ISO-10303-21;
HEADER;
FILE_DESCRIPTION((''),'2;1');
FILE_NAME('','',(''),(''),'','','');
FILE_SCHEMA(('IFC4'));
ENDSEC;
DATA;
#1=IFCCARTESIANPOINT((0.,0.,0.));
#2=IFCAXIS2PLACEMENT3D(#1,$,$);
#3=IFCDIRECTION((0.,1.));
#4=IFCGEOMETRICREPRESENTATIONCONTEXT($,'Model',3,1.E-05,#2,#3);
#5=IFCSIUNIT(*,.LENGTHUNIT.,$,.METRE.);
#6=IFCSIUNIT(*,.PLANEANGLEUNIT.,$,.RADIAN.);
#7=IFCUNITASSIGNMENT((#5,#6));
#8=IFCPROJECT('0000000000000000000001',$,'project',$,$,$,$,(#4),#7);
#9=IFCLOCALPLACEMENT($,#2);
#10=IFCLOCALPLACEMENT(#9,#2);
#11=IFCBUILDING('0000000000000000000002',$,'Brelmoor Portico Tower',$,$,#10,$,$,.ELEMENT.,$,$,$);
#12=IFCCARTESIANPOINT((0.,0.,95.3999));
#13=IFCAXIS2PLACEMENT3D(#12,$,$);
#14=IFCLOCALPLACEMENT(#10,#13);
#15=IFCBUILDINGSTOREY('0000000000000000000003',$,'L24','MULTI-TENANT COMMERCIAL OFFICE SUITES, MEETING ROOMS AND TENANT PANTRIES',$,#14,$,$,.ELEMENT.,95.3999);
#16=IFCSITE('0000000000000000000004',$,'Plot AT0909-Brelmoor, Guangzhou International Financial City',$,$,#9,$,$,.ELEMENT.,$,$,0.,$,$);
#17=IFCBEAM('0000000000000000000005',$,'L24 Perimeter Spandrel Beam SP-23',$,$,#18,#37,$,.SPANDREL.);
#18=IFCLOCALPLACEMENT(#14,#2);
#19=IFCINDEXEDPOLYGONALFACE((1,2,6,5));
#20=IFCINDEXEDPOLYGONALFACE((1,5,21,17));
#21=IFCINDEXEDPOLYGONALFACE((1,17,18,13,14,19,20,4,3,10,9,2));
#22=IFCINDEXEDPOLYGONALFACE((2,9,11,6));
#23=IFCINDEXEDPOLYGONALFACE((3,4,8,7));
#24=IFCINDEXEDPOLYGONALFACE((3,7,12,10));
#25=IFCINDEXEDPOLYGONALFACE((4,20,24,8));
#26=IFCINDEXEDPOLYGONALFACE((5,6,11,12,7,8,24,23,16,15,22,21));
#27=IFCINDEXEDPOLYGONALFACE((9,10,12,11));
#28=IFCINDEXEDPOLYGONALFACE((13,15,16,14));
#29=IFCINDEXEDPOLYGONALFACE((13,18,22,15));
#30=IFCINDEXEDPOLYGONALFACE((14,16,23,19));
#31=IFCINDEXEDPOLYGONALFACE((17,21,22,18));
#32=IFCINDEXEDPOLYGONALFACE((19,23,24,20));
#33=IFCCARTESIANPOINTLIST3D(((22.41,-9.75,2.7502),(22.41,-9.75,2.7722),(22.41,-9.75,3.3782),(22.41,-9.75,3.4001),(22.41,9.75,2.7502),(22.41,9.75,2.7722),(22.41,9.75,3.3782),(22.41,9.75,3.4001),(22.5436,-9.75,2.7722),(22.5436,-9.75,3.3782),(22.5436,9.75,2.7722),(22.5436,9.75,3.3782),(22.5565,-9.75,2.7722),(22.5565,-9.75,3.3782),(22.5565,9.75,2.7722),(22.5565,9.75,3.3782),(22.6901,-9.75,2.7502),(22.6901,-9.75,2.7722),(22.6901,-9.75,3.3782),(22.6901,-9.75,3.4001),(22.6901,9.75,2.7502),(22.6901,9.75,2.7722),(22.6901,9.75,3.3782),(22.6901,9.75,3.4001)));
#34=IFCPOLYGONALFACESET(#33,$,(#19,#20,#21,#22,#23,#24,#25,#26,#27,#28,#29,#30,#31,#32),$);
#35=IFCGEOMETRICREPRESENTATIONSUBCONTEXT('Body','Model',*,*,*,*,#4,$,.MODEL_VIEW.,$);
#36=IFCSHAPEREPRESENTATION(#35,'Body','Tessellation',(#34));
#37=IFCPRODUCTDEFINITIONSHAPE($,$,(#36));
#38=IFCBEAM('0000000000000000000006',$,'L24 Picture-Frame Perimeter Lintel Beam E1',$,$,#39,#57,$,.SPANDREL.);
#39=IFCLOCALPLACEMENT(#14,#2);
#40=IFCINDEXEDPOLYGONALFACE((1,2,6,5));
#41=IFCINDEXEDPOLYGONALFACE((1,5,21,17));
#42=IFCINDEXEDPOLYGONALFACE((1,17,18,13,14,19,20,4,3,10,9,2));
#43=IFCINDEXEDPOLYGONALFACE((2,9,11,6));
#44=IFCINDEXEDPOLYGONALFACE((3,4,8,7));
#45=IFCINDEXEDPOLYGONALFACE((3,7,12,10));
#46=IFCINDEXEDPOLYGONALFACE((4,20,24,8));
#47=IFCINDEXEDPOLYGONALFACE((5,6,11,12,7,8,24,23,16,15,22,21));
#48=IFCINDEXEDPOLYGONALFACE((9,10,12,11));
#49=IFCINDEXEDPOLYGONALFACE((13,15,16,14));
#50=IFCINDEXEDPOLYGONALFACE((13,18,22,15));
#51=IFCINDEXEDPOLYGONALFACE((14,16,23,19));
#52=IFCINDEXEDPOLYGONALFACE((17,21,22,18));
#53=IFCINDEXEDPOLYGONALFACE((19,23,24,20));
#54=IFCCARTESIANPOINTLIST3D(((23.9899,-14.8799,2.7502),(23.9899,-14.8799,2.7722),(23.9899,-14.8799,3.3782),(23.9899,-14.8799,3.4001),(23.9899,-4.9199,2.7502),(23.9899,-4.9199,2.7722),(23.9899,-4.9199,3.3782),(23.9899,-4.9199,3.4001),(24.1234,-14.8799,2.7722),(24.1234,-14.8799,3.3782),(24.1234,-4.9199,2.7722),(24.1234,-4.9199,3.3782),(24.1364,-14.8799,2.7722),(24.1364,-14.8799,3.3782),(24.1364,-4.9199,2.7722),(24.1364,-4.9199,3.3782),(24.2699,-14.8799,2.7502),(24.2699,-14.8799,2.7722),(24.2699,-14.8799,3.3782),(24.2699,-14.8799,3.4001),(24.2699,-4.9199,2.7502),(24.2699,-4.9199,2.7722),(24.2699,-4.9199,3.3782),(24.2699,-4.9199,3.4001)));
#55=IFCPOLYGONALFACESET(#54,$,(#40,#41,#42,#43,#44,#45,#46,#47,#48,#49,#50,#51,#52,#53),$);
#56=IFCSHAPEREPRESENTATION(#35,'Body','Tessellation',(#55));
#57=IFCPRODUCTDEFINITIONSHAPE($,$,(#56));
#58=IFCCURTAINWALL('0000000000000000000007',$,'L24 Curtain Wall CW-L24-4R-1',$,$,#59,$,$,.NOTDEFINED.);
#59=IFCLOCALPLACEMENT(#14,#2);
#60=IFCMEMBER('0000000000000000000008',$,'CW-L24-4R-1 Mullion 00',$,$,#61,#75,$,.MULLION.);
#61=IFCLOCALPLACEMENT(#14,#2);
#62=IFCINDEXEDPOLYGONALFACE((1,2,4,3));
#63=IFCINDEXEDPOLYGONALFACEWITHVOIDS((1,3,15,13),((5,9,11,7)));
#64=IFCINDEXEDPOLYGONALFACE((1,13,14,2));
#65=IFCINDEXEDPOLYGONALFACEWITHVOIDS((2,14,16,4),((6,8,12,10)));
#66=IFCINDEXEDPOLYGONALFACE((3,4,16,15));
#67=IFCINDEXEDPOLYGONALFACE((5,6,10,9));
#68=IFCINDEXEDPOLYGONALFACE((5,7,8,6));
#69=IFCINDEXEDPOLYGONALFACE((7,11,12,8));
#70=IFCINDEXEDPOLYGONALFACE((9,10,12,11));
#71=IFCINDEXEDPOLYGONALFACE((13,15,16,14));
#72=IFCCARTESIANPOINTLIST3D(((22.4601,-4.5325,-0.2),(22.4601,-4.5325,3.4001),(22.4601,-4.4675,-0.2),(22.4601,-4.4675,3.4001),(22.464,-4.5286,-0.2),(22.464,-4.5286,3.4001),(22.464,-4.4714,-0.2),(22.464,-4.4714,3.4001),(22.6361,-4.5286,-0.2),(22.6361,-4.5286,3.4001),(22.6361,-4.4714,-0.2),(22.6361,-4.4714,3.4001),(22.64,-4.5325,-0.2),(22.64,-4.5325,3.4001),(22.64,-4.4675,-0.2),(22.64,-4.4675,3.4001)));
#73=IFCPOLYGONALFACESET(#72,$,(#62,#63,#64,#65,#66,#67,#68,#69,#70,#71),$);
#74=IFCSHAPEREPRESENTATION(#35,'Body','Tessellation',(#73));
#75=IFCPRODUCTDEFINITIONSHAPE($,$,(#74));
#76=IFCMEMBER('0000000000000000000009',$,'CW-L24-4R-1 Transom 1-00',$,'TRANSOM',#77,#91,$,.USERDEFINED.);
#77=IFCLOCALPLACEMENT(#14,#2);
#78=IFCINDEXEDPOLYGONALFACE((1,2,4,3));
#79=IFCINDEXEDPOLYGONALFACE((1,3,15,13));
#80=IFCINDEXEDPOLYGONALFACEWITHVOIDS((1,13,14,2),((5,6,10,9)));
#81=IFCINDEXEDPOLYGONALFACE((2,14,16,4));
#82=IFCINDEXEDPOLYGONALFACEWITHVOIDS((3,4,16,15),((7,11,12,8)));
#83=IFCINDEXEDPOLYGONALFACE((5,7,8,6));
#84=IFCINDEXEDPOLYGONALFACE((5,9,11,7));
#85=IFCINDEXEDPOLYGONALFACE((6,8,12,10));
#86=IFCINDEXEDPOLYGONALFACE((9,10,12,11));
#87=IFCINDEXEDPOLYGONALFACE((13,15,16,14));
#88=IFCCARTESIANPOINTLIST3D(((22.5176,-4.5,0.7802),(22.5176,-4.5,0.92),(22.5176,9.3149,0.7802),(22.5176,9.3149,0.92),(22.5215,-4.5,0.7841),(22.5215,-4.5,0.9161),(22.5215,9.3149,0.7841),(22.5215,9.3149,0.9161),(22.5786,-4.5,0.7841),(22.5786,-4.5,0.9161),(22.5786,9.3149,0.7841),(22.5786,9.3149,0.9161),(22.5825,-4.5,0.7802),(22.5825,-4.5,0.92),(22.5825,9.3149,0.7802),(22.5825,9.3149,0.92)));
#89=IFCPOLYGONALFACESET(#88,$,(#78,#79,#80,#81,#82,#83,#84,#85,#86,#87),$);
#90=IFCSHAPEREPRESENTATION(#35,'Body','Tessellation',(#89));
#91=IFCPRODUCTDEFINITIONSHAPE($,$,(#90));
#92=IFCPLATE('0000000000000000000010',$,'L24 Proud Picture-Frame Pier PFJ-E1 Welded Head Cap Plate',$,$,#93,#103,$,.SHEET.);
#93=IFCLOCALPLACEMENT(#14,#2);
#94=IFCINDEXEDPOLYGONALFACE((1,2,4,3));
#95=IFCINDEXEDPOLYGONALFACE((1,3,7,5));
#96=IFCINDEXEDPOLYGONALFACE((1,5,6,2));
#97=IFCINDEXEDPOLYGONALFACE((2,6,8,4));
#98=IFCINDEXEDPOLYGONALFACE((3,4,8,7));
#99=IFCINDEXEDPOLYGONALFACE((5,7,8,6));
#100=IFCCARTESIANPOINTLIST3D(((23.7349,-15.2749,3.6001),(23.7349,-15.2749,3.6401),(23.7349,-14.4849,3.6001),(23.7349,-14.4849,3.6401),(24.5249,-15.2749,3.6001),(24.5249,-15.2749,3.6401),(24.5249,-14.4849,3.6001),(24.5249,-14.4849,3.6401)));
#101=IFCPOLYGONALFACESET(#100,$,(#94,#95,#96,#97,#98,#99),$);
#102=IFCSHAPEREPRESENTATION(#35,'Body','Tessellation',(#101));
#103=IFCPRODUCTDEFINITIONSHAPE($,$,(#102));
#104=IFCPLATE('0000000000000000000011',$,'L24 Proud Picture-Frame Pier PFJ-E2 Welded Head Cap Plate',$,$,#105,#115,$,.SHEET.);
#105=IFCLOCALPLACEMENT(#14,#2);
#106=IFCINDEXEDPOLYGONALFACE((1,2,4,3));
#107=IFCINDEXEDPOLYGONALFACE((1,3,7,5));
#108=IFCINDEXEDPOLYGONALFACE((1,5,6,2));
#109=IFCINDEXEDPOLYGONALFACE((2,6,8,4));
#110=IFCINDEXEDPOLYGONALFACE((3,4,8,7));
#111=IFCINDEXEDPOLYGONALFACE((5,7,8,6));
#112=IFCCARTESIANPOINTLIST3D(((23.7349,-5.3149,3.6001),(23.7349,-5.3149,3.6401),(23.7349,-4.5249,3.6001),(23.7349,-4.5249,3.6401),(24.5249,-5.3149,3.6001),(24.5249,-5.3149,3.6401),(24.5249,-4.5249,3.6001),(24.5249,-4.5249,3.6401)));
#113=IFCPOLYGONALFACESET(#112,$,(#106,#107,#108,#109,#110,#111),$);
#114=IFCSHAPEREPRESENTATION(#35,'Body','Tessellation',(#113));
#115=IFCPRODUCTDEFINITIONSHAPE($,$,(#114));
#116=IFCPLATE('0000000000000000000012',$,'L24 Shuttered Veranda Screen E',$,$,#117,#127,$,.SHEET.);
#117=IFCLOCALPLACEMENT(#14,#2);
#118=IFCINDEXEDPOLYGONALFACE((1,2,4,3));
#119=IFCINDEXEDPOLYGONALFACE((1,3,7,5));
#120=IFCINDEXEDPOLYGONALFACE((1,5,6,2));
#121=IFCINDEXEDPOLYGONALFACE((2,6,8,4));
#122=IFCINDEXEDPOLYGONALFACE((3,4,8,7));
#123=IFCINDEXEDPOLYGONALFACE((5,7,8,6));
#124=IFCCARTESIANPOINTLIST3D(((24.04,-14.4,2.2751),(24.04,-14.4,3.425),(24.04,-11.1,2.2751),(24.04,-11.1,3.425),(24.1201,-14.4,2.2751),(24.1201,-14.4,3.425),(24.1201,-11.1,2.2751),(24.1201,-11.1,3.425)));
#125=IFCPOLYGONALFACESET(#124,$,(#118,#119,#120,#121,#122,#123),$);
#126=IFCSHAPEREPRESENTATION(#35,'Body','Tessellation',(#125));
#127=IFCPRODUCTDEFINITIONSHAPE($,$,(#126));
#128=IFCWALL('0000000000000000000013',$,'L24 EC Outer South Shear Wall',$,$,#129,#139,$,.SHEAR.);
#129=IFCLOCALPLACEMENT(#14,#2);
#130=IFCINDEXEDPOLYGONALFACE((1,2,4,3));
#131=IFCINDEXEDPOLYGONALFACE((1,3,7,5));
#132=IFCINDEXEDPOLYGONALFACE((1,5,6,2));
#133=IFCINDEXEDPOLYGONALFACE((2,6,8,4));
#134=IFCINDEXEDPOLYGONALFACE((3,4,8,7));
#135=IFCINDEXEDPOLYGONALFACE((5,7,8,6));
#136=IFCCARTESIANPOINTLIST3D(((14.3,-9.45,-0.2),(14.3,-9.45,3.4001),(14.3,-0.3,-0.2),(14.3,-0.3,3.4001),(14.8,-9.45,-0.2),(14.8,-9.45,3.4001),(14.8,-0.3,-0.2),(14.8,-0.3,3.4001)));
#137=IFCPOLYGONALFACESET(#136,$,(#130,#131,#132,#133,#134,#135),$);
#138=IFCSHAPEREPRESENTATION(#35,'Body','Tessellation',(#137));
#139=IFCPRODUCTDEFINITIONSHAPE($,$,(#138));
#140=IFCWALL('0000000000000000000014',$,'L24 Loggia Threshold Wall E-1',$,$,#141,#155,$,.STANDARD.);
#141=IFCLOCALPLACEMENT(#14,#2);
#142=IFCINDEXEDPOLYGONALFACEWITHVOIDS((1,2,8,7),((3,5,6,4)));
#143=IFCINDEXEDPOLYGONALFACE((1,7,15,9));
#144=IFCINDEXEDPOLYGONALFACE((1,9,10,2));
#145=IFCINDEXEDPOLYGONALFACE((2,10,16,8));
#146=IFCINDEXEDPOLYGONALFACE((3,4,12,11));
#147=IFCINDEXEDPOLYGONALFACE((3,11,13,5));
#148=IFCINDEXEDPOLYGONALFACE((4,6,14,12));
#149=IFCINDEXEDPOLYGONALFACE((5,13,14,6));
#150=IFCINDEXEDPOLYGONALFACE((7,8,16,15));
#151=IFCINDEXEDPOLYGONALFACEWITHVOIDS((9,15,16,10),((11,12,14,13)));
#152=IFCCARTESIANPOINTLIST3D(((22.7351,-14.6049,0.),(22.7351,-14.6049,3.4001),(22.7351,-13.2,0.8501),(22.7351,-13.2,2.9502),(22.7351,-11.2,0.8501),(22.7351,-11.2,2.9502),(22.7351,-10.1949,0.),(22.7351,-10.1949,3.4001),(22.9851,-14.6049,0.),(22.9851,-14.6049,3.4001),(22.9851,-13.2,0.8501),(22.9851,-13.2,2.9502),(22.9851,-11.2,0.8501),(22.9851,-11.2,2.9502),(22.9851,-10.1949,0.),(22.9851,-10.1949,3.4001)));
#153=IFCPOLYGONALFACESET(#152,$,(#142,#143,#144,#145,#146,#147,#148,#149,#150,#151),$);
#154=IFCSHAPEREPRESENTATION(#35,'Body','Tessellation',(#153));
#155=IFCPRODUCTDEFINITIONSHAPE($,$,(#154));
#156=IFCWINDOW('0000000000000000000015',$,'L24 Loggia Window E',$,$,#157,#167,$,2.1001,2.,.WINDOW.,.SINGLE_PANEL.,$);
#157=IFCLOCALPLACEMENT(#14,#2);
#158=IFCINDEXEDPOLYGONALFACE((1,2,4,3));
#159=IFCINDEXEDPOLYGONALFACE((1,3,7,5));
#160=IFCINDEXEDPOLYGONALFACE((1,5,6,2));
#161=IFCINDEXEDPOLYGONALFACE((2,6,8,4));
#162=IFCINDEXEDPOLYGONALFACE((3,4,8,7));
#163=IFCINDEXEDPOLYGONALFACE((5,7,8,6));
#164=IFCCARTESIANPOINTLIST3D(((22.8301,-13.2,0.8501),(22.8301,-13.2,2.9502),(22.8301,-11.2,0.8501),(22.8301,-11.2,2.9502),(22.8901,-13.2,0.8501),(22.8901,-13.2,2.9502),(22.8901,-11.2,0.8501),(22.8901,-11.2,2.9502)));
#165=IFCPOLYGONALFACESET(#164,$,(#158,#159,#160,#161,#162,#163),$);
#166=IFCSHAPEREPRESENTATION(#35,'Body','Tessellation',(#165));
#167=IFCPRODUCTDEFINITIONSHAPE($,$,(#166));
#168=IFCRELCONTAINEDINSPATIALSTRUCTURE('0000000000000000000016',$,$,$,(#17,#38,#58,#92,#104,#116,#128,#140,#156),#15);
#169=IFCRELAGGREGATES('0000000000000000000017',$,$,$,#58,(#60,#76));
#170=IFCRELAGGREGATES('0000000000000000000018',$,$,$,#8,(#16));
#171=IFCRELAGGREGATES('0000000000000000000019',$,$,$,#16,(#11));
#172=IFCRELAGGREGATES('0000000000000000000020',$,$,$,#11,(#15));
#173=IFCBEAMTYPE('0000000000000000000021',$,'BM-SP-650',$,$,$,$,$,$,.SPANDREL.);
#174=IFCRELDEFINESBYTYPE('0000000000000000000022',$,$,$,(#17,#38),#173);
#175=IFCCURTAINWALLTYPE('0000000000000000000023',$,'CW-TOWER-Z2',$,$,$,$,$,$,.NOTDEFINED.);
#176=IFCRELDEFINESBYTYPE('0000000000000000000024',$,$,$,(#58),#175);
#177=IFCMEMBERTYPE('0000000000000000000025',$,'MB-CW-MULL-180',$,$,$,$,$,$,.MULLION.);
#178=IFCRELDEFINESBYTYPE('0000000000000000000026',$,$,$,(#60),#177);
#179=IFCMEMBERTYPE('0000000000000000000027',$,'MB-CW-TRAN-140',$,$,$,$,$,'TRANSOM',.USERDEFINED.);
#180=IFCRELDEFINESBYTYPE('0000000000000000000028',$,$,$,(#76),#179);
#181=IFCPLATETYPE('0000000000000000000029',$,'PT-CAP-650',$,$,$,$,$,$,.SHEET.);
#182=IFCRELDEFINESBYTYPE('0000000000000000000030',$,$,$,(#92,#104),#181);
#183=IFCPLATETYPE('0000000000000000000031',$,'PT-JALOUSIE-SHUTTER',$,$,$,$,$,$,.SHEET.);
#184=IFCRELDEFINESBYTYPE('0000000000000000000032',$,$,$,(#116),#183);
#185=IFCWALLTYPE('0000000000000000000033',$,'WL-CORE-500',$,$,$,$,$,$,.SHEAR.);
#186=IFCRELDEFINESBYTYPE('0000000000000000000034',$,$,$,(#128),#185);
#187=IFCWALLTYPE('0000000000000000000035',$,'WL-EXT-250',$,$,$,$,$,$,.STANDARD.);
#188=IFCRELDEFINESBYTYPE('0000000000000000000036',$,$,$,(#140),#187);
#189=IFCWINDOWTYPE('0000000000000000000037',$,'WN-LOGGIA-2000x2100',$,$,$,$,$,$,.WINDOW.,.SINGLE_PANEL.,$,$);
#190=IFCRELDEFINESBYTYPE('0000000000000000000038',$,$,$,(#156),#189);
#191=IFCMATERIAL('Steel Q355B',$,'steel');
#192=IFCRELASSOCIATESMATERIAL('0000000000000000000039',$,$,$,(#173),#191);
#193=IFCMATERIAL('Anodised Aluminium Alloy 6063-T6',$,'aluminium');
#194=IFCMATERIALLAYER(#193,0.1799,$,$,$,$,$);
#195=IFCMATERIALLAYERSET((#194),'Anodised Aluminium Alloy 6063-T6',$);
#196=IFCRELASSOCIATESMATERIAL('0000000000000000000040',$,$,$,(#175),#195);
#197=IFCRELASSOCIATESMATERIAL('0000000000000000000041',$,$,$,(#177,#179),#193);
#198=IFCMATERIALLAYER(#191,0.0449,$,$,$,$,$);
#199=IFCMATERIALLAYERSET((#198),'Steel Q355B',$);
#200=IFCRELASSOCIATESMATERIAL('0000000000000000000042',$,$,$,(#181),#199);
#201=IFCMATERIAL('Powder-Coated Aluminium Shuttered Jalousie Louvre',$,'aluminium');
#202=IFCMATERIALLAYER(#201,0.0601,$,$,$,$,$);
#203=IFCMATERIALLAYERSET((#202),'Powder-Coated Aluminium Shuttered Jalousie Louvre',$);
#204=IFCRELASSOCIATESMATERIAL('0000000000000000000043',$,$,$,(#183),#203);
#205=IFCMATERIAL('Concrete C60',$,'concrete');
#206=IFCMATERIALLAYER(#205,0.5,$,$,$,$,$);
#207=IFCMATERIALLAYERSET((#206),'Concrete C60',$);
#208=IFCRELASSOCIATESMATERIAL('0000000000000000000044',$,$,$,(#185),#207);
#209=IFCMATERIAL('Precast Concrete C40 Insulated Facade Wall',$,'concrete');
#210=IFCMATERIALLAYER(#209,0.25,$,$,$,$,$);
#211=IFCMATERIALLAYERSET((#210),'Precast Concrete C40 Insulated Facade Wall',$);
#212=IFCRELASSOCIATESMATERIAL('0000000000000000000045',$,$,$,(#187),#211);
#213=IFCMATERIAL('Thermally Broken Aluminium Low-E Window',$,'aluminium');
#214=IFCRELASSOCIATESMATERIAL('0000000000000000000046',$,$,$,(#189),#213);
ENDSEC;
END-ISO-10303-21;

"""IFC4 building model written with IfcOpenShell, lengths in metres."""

from ifc_helpers import new_model, si_unit, direction, frame, frame_2d, origin, origin_2d, place, context, subcontext, project, spatial, rectangle, hollow_rectangle, i_section, extrude, material, layer, layer_set, material_profile, profile_set, type_object, element, fill, aggregate, save


model = new_model("IFC4")

# Units and contexts
model_context = context("Model", 3, precision=1e-05, world=origin(), true_north=direction((0.0, 1.0)))
body_context = subcontext(model_context, "Body", "Model", "MODEL_VIEW")
ifc_project = project(units=[si_unit("LENGTHUNIT", "METRE"), si_unit("PLANEANGLEUNIT", "RADIAN")], contexts=[model_context])

# Site, building, storey
site_placement = place(None, origin())
site = spatial("IfcSite", under=ifc_project, at=site_placement, Name="Plot AT0909-Brelmoor, Guangzhou International Financial City", CompositionType="ELEMENT", RefElevation=0.0)
building_placement = place(site_placement, origin())
building = spatial("IfcBuilding", under=site, at=building_placement, Name="Brelmoor Portico Tower", CompositionType="ELEMENT")
storey_placement = place(building_placement, frame((0.0, 0.0, 95.3999)))
storey = spatial("IfcBuildingStorey", under=building, at=storey_placement, Name="L24", Description="MULTI-TENANT COMMERCIAL OFFICE SUITES, MEETING ROOMS AND TENANT PANTRIES", CompositionType="ELEMENT", Elevation=95.3999)

# Shared definitions
ifc_material_1 = material(Name="Steel Q355B", Category="steel")

# Beams
ifc_material_profile_1 = material_profile(ifc_material_1, i_section(OverallWidth=0.28, OverallDepth=0.6499, WebThickness=0.0129, FlangeThickness=0.022, at=origin_2d()), Name="HN 650x280x13x22")
ifc_profile_set_1 = profile_set([ifc_material_profile_1], Name="Steel Q355B")
beam_type_1 = type_object("IfcBeamType", Name="BM-SP-650", PredefinedType="SPANDREL", material=ifc_profile_set_1)
beam_1_placement = place(storey_placement, frame((22.55, -9.75, 3.0752), z_axis=(0.0, 1.0, 0.0), x_axis=(-1.0, 0.0, 0.0)))
element("IfcBeam", 1, at=beam_1_placement, inside=storey, type_object=beam_type_1, Name="L24 Perimeter Spandrel Beam SP-23", PredefinedType="SPANDREL", context=body_context, shape_type="SweptSolid", body=[
    extrude(i_section(OverallWidth=0.28, OverallDepth=0.6499, WebThickness=0.0129, FlangeThickness=0.022, at=origin_2d()), origin(), (0.0, 0.0, 1.0), 19.5),
])
beam_2_placement = place(storey_placement, frame((24.1299, -14.8799, 3.0752), z_axis=(0.0, 1.0, 0.0), x_axis=(-1.0, 0.0, 0.0)))
element("IfcBeam", 2, at=beam_2_placement, inside=storey, type_object=beam_type_1, Name="L24 Picture-Frame Perimeter Lintel Beam E1", PredefinedType="SPANDREL", context=body_context, shape_type="SweptSolid", body=[
    extrude(i_section(OverallWidth=0.28, OverallDepth=0.6499, WebThickness=0.0129, FlangeThickness=0.022, at=origin_2d()), origin(), (0.0, 0.0, 1.0), 9.96),
])

# Curtain wall, members
ifc_material_2 = material(Name="Anodised Aluminium Alloy 6063-T6", Category="aluminium")
ifc_layer_1 = layer(ifc_material_2, 0.1799)
ifc_layer_set_1 = layer_set([ifc_layer_1], Name="Anodised Aluminium Alloy 6063-T6")
curtain_wall_type = type_object("IfcCurtainWallType", Name="CW-TOWER-Z2", PredefinedType="NOTDEFINED", material=ifc_layer_set_1)
curtain_wall_placement = place(storey_placement, origin())
curtain_wall = element("IfcCurtainWall", 3, at=curtain_wall_placement, inside=storey, type_object=curtain_wall_type, Name="L24 Curtain Wall CW-L24-4R-1", PredefinedType="NOTDEFINED")
ifc_material_profile_2 = material_profile(ifc_material_2, hollow_rectangle(XDim=0.0649, YDim=0.1799, WallThickness=0.0039, at=origin_2d()), Name="ALU MULLION 65x180")
ifc_profile_set_2 = profile_set([ifc_material_profile_2], Name="Anodised Aluminium Alloy 6063-T6")
member_type_1 = type_object("IfcMemberType", Name="MB-CW-MULL-180", PredefinedType="MULLION", material=ifc_profile_set_2)
member_1_placement = place(storey_placement, frame((22.55, -4.5, -0.2), z_axis=(0.0, 0.0, 1.0), x_axis=(0.0, 1.0, 0.0)))
member_1 = element("IfcMember", 4, at=member_1_placement, type_object=member_type_1, Name="CW-L24-4R-1 Mullion 00", PredefinedType="MULLION", context=body_context, shape_type="SweptSolid", body=[
    extrude(hollow_rectangle(XDim=0.0649, YDim=0.1799, WallThickness=0.0039, at=origin_2d()), origin(), (0.0, 0.0, 1.0), 3.6001),
])
ifc_material_profile_3 = material_profile(ifc_material_2, hollow_rectangle(XDim=0.0649, YDim=0.1399, WallThickness=0.0039, at=origin_2d()), Name="ALU TRANSOM 65x140")
ifc_profile_set_3 = profile_set([ifc_material_profile_3], Name="Anodised Aluminium Alloy 6063-T6")
member_type_2 = type_object("IfcMemberType", Name="MB-CW-TRAN-140", ElementType="TRANSOM", PredefinedType="USERDEFINED", material=ifc_profile_set_3)
member_2_placement = place(storey_placement, frame((22.55, -4.5, 0.8501), z_axis=(0.0, 1.0, 0.0), x_axis=(-1.0, 0.0, 0.0)))
member_2 = element("IfcMember", 5, at=member_2_placement, type_object=member_type_2, Name="CW-L24-4R-1 Transom 1-00", ObjectType="TRANSOM", PredefinedType="USERDEFINED", context=body_context, shape_type="SweptSolid", body=[
    extrude(hollow_rectangle(XDim=0.0649, YDim=0.1399, WallThickness=0.0039, at=origin_2d()), origin(), (0.0, 0.0, 1.0), 13.8149),
])
aggregate(curtain_wall, [member_1, member_2])

# Plates
ifc_layer_2 = layer(ifc_material_1, 0.0449)
ifc_layer_set_2 = layer_set([ifc_layer_2], Name="Steel Q355B")
plate_type_1 = type_object("IfcPlateType", Name="PT-CAP-650", PredefinedType="SHEET", material=ifc_layer_set_2)
for number, where, z_axis, x_axis, name in (
    (6, (24.1299, -14.8799, 3.6001), (0.0, 0.0, 1.0), (0.0, 1.0, 0.0), "L24 Proud Picture-Frame Pier PFJ-E1 Welded Head Cap Plate"),
    (7, (24.1299, -4.9199, 3.6001), (0.0, 0.0, 1.0), (0.0, 1.0, 0.0), "L24 Proud Picture-Frame Pier PFJ-E2 Welded Head Cap Plate"),
):
    element("IfcPlate", number, at=place(storey_placement, frame(where, z_axis=z_axis, x_axis=x_axis)), inside=storey, type_object=plate_type_1, Name=name, PredefinedType="SHEET", context=body_context, shape_type="SweptSolid", body=[
        extrude(rectangle(XDim=0.79, YDim=0.79, at=origin_2d()), origin(), (0.0, 0.0, 1.0), 0.04),
    ])
ifc_material_3 = material(Name="Powder-Coated Aluminium Shuttered Jalousie Louvre", Category="aluminium")
ifc_layer_3 = layer(ifc_material_3, 0.0601)
ifc_layer_set_3 = layer_set([ifc_layer_3], Name="Powder-Coated Aluminium Shuttered Jalousie Louvre")
plate_type_2 = type_object("IfcPlateType", Name="PT-JALOUSIE-SHUTTER", PredefinedType="SHEET", material=ifc_layer_set_3)
plate_placement = place(storey_placement, frame((24.0801, -12.75, 2.2751), z_axis=(0.0, 0.0, 1.0), x_axis=(0.0, 1.0, 0.0)))
element("IfcPlate", 8, at=plate_placement, inside=storey, type_object=plate_type_2, Name="L24 Shuttered Veranda Screen E", PredefinedType="SHEET", context=body_context, shape_type="SweptSolid", body=[
    extrude(rectangle(XDim=3.3, YDim=0.0801, at=origin_2d()), origin(), (0.0, 0.0, 1.0), 1.1499),
])

# Wall
ifc_material_4 = material(Name="Concrete C60", Category="concrete")
ifc_layer_4 = layer(ifc_material_4, 0.5)
ifc_layer_set_4 = layer_set([ifc_layer_4], Name="Concrete C60")
wall_type_1 = type_object("IfcWallType", Name="WL-CORE-500", PredefinedType="SHEAR", material=ifc_layer_set_4)
wall_1_placement = place(storey_placement, frame((14.55, -9.45, -0.2), z_axis=(0.0, 0.0, 1.0), x_axis=(0.0, 1.0, 0.0)))
element("IfcWall", 9, at=wall_1_placement, inside=storey, type_object=wall_type_1, Name="L24 EC Outer South Shear Wall", PredefinedType="SHEAR", context=body_context, shape_type="SweptSolid", body=[
    extrude(rectangle(XDim=9.1499, YDim=0.5, at=frame_2d((4.575, 0.0))), origin(), (0.0, 0.0, 1.0), 3.6001),
])

# Wall, opening, window
ifc_material_5 = material(Name="Precast Concrete C40 Insulated Facade Wall", Category="concrete")
ifc_layer_5 = layer(ifc_material_5, 0.25)
ifc_layer_set_5 = layer_set([ifc_layer_5], Name="Precast Concrete C40 Insulated Facade Wall")
wall_type_2 = type_object("IfcWallType", Name="WL-EXT-250", PredefinedType="STANDARD", material=ifc_layer_set_5)
wall_2_placement = place(storey_placement, frame((22.8601, -14.605, 0.0), z_axis=(0.0, 0.0, 1.0), x_axis=(0.0, 1.0, 0.0)))
wall_2 = element("IfcWall", 10, at=wall_2_placement, inside=storey, type_object=wall_type_2, Name="L24 Loggia Threshold Wall E-1", PredefinedType="STANDARD", context=body_context, shape_type="SweptSolid", body=[
    extrude(rectangle(XDim=4.4099, YDim=0.25, at=frame_2d((2.2051, 0.0))), origin(), (0.0, 0.0, 1.0), 3.4001),
])
opening_1_placement = place(wall_2_placement, frame((1.405, 0.0, 0.8501)))
opening_1 = element("IfcOpeningElement", 11, at=opening_1_placement, cuts=wall_2, PredefinedType="OPENING", context=body_context, shape_type="SweptSolid", body=[
    extrude(rectangle(XDim=2.0, YDim=2.1001, at=frame_2d((1.0, 1.05))), frame((0.0, 0.135, 0.0), z_axis=(0.0, -1.0, 0.0), x_axis=(1.0, 0.0, 0.0)), (0.0, 0.0, 1.0), 0.27),
])
ifc_material_6 = material(Name="Thermally Broken Aluminium Low-E Window", Category="aluminium")
window_type = type_object("IfcWindowType", Name="WN-LOGGIA-2000x2100", PartitioningType="SINGLE_PANEL", PredefinedType="WINDOW", material=ifc_material_6)
window_placement = place(opening_1_placement, origin())
window = element("IfcWindow", 12, at=window_placement, inside=storey, type_object=window_type, Name="L24 Loggia Window E", OverallHeight=2.1001, OverallWidth=2.0, PartitioningType="SINGLE_PANEL", PredefinedType="WINDOW", context=body_context, shape_type="SweptSolid", body=[
    extrude(rectangle(XDim=2.0, YDim=2.1001, at=frame_2d((1.0, 1.05))), frame((0.0, 0.03, 0.0), z_axis=(0.0, -1.0, 0.0), x_axis=(1.0, 0.0, 0.0)), (0.0, 0.0, 1.0), 0.0601),
])
fill(opening_1, window)

save(model, "model.ifc")
